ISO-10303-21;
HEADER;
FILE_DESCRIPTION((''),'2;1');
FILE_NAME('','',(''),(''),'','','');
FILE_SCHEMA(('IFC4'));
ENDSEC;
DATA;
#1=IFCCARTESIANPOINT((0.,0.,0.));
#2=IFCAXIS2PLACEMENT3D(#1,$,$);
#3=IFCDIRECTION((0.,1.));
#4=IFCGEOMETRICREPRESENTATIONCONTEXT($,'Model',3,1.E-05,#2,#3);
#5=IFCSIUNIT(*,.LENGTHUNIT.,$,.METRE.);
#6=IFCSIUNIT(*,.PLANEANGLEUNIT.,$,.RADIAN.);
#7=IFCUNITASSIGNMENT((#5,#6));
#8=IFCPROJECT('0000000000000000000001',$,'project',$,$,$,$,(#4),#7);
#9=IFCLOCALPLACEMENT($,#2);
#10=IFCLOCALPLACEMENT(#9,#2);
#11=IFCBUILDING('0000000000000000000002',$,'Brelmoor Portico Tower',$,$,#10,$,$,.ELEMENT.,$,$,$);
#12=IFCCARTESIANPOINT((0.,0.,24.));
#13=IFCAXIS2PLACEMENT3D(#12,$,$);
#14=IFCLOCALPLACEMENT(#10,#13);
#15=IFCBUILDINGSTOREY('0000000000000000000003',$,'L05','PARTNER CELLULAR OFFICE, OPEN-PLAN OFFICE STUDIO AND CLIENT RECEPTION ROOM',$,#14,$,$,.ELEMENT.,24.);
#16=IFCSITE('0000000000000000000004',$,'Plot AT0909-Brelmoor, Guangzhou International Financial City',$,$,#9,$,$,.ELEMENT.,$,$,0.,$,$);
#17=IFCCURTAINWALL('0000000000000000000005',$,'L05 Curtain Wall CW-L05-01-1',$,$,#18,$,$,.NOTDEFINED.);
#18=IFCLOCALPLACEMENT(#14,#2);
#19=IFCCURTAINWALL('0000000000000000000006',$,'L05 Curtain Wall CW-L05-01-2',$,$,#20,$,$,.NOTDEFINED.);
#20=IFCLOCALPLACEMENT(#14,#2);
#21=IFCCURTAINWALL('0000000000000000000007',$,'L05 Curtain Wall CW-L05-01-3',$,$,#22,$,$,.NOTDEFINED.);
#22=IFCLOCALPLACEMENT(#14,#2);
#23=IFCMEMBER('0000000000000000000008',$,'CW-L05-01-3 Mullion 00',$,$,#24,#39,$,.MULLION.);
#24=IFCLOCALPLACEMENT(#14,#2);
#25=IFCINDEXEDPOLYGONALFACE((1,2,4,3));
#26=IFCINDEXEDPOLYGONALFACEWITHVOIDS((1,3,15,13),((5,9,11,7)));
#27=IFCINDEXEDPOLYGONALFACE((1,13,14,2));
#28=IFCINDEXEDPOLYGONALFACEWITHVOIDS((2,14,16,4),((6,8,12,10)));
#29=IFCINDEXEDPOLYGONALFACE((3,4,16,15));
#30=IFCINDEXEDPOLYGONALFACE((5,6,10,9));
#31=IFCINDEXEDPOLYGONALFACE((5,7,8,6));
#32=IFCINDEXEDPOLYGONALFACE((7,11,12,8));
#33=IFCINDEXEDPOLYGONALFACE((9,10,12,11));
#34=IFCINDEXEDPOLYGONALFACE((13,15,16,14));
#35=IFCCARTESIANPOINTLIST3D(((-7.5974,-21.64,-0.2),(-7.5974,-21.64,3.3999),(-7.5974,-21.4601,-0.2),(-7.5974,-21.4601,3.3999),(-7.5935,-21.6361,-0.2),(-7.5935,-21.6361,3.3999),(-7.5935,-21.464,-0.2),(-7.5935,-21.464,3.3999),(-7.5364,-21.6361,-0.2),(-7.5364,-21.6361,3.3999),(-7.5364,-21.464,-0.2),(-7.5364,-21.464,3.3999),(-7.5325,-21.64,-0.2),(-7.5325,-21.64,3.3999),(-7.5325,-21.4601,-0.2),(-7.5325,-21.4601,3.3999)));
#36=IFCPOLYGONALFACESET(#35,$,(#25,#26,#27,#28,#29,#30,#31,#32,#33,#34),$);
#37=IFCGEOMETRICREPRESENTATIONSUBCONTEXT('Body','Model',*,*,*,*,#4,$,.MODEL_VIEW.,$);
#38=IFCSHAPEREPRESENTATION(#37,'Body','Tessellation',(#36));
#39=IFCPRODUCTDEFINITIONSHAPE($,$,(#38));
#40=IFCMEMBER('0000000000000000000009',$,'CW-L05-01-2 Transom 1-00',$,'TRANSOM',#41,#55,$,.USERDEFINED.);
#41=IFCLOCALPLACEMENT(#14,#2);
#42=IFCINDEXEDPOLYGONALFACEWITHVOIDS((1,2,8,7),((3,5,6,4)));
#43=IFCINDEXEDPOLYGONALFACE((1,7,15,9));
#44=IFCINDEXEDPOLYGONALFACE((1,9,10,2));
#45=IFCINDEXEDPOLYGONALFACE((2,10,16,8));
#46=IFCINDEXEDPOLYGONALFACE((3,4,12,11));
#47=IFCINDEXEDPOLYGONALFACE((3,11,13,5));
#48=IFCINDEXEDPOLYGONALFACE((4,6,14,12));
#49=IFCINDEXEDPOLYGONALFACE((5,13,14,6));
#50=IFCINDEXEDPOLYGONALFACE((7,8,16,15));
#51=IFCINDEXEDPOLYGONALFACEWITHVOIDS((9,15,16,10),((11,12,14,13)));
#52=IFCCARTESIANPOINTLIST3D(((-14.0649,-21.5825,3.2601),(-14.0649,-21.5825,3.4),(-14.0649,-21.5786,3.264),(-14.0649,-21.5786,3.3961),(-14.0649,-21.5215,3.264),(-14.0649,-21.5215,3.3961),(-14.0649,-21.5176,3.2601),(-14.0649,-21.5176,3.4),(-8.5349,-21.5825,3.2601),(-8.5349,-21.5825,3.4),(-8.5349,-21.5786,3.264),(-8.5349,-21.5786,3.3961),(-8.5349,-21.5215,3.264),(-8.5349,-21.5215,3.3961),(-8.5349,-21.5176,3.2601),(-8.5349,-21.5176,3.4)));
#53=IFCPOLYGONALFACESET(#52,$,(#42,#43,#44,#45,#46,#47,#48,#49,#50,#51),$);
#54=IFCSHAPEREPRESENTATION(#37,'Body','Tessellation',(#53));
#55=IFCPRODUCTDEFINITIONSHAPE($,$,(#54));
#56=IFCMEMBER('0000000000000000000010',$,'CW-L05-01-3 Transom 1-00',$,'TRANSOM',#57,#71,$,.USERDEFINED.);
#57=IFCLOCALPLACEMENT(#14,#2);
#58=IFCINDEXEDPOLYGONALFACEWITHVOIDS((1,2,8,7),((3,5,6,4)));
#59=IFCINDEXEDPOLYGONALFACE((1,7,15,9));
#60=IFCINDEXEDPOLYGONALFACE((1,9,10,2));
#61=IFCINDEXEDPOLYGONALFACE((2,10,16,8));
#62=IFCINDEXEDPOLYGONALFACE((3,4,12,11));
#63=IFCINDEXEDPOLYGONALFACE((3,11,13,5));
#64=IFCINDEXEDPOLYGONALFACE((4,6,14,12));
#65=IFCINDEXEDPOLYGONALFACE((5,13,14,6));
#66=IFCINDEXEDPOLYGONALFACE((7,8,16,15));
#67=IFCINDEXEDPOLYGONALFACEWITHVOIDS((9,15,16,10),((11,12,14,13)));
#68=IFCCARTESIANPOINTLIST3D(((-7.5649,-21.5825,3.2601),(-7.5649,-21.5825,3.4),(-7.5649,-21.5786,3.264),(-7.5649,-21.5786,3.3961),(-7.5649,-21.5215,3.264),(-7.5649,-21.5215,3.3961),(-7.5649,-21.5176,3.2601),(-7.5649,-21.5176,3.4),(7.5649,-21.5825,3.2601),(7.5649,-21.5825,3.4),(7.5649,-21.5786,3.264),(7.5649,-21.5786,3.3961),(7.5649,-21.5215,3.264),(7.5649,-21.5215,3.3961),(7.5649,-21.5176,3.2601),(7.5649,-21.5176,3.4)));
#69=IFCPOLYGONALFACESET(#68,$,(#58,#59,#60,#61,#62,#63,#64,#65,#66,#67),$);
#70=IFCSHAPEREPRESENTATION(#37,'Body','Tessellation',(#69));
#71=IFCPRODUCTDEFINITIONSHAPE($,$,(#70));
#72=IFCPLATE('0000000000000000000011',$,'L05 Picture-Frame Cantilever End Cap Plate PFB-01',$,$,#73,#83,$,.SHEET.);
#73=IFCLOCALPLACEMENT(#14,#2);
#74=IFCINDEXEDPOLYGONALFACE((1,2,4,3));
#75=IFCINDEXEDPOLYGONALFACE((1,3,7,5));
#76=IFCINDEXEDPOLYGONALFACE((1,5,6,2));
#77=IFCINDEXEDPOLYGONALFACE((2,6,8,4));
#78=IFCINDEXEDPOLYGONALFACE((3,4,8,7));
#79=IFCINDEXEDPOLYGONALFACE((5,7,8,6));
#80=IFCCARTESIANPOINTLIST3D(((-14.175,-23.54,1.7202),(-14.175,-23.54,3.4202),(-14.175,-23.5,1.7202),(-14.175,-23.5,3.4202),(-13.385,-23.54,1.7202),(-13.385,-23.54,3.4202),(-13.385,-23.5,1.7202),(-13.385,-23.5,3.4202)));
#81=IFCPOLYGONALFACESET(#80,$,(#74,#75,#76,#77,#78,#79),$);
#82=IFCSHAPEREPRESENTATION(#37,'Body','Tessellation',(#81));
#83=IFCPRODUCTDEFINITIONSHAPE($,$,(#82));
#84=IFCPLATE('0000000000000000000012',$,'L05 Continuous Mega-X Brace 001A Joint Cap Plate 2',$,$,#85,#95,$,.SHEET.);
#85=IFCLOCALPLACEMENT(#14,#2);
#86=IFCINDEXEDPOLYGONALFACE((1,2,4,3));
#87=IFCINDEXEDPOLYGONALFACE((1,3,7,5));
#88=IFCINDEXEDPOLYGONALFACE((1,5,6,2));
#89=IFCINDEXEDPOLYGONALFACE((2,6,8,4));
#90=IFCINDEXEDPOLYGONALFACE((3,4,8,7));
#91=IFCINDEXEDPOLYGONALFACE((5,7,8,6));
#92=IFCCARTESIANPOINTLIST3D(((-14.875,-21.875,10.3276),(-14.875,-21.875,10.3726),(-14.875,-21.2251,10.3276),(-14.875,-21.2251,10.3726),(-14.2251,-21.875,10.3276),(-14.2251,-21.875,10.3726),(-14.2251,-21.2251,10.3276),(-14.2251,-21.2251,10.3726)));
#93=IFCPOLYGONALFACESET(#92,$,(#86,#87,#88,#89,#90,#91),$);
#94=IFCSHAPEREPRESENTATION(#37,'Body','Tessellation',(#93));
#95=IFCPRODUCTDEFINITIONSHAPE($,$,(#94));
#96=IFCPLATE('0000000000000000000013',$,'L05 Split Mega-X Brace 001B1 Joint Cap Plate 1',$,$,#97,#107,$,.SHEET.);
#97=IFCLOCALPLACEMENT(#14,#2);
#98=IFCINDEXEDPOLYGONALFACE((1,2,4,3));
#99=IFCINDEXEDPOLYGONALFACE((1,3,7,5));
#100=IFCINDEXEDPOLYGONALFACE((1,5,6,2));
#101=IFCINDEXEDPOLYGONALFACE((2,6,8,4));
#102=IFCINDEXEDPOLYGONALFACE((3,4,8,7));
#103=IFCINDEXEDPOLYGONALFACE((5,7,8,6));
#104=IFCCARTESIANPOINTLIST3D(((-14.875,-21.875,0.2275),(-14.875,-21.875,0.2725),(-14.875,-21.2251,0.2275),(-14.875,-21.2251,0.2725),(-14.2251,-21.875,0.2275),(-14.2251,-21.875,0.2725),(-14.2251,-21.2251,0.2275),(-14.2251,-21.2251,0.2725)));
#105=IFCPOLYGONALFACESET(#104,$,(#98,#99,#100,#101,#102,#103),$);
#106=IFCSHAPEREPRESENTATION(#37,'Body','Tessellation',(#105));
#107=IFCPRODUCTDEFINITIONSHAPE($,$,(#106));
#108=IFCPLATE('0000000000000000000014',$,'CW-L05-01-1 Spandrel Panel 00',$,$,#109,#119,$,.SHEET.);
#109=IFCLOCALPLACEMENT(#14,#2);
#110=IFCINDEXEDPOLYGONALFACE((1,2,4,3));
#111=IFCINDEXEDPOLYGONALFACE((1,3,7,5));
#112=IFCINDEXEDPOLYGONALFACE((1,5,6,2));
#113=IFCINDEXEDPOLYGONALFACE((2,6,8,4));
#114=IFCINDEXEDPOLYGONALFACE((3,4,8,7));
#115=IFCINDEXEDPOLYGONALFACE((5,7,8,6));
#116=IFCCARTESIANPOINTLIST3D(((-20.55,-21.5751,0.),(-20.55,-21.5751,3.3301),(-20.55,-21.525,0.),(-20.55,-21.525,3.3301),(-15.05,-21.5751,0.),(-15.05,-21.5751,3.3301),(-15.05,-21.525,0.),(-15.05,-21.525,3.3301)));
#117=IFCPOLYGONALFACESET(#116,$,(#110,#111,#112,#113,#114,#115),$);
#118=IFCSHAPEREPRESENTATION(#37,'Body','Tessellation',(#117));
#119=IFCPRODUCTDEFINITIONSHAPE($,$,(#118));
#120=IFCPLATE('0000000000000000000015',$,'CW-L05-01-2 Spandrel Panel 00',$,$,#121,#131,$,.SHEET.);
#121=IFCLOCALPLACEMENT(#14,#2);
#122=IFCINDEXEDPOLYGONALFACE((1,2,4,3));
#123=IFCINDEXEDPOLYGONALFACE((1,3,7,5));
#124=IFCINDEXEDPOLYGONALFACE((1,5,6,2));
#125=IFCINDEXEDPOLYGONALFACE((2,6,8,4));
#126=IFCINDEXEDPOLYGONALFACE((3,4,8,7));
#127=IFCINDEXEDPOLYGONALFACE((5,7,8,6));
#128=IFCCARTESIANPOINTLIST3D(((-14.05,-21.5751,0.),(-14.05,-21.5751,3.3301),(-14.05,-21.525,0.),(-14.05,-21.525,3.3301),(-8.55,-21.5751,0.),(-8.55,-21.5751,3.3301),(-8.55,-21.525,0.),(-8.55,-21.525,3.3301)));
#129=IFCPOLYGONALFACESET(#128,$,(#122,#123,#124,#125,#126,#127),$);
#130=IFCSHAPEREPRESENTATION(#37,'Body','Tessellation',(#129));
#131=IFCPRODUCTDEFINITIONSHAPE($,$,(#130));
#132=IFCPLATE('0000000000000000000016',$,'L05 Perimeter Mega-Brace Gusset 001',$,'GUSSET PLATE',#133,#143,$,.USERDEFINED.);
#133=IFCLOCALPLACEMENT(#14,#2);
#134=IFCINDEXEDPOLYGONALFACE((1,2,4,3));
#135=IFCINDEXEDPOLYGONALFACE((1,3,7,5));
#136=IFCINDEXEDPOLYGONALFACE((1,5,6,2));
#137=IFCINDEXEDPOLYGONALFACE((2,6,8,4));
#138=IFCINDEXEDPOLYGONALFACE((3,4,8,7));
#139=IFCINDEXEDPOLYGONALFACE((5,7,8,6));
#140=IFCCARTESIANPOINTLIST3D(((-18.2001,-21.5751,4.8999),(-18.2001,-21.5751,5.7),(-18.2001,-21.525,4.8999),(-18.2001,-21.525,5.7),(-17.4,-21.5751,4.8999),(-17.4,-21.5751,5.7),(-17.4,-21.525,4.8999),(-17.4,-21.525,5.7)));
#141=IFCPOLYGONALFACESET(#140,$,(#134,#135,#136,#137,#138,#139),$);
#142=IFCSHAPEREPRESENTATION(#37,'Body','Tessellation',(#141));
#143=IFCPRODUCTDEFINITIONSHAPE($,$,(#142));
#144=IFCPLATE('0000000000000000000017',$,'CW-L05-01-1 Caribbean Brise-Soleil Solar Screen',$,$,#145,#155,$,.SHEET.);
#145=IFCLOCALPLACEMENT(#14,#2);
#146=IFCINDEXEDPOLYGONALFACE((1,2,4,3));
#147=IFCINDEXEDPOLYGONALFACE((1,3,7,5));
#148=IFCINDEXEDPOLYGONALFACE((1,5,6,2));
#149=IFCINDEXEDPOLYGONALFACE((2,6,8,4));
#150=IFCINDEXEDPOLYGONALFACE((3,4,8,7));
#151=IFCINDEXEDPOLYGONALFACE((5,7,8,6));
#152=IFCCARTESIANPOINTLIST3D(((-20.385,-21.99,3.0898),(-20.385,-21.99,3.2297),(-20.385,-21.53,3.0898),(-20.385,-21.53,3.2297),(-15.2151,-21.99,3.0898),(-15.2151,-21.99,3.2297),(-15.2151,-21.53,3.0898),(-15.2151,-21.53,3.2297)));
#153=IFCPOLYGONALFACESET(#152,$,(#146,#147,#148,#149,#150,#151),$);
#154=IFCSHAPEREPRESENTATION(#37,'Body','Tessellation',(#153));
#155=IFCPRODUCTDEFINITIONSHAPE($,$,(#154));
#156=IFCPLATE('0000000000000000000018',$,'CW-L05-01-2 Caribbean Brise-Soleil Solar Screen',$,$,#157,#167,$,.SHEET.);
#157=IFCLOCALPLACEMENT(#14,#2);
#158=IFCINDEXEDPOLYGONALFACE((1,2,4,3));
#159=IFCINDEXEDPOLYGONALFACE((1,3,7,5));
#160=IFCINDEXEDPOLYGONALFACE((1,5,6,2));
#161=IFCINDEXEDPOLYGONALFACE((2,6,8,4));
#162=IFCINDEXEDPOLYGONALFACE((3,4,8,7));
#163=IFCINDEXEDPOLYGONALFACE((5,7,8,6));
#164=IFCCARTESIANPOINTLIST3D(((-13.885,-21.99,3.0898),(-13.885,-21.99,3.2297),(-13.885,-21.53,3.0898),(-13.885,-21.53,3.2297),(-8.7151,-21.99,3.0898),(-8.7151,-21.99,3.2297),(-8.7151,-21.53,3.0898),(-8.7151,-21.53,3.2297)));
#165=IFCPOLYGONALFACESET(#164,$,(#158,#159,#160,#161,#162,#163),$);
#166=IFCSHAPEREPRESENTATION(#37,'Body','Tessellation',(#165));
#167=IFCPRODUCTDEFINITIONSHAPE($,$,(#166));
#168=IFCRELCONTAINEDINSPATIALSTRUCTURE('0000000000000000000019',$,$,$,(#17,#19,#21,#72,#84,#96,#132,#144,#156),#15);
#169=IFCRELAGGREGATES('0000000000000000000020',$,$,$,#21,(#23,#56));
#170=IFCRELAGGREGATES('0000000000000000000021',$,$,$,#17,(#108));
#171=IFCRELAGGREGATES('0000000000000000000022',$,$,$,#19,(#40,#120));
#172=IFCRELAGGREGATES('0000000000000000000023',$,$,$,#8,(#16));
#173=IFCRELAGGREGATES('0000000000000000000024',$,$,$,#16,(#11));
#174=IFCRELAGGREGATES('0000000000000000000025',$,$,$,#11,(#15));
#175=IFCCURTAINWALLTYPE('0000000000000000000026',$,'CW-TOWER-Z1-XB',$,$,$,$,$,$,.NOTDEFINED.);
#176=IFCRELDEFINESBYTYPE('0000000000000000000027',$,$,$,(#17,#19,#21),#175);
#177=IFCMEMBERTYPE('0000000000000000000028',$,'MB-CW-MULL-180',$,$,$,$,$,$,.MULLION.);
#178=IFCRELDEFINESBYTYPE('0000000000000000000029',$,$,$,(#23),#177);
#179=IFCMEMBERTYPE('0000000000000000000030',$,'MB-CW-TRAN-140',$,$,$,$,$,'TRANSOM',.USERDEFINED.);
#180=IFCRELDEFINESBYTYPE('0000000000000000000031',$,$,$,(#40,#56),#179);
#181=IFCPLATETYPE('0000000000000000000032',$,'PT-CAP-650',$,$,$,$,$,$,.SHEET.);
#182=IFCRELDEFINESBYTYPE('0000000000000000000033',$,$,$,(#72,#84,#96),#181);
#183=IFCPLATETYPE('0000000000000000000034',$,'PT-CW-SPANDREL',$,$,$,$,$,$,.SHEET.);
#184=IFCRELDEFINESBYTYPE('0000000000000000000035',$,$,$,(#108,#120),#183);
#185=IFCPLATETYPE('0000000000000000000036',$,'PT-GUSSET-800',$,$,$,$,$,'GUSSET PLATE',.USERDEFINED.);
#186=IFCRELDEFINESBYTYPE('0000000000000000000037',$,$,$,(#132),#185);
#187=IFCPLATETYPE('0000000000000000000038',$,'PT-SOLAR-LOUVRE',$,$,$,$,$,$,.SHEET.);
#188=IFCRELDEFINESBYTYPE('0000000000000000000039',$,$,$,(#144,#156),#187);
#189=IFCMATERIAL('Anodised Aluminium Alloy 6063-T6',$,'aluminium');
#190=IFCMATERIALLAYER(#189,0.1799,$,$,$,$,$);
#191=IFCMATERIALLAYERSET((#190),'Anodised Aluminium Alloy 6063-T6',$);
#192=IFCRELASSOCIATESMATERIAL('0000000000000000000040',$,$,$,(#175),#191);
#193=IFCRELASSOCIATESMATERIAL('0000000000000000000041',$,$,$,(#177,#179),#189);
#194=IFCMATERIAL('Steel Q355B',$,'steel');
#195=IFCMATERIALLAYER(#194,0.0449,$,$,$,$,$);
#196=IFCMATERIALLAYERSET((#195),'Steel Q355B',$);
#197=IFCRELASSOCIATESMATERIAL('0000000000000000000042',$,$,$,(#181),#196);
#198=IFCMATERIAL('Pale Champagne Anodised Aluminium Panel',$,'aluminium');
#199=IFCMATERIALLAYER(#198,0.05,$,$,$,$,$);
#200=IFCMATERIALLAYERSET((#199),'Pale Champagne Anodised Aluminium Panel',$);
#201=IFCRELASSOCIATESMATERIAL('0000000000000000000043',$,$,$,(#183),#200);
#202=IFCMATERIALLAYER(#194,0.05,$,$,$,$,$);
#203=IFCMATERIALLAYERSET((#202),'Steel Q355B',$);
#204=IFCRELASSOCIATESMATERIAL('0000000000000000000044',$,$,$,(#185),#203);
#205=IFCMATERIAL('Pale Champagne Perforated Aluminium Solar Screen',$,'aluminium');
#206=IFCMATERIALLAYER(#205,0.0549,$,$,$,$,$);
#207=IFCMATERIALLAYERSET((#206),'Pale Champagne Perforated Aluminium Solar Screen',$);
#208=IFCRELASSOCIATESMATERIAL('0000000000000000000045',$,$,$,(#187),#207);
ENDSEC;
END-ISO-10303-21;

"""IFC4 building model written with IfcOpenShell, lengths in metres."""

from ifc_helpers import new_model, si_unit, direction, frame, origin, origin_2d, place, context, subcontext, project, spatial, rectangle, hollow_rectangle, extrude, material, layer, layer_set, material_profile, profile_set, type_object, element, aggregate, save


model = new_model("IFC4")

# Units and contexts
model_context = context("Model", 3, precision=1e-05, world=origin(), true_north=direction((0.0, 1.0)))
body_context = subcontext(model_context, "Body", "Model", "MODEL_VIEW")
ifc_project = project(units=[si_unit("LENGTHUNIT", "METRE"), si_unit("PLANEANGLEUNIT", "RADIAN")], contexts=[model_context])

# Site, building, storey
site_placement = place(None, origin())
site = spatial("IfcSite", under=ifc_project, at=site_placement, Name="Plot AT0909-Brelmoor, Guangzhou International Financial City", CompositionType="ELEMENT", RefElevation=0.0)
building_placement = place(site_placement, origin())
building = spatial("IfcBuilding", under=site, at=building_placement, Name="Brelmoor Portico Tower", CompositionType="ELEMENT")
storey_placement = place(building_placement, frame((0.0, 0.0, 24.0)))
storey = spatial("IfcBuildingStorey", under=building, at=storey_placement, Name="L05", Description="PARTNER CELLULAR OFFICE, OPEN-PLAN OFFICE STUDIO AND CLIENT RECEPTION ROOM", CompositionType="ELEMENT", Elevation=24.0)

# Shared definitions
ifc_material_1 = material(Name="Steel Q355B", Category="steel")

# Curtain wall
ifc_material_2 = material(Name="Anodised Aluminium Alloy 6063-T6", Category="aluminium")
ifc_layer_1 = layer(ifc_material_2, 0.1799)
ifc_layer_set_1 = layer_set([ifc_layer_1], Name="Anodised Aluminium Alloy 6063-T6")
curtain_wall_type = type_object("IfcCurtainWallType", Name="CW-TOWER-Z1-XB", PredefinedType="NOTDEFINED", material=ifc_layer_set_1)
curtain_wall_1_placement = place(storey_placement, origin())
curtain_wall_1 = element("IfcCurtainWall", 1, at=curtain_wall_1_placement, inside=storey, type_object=curtain_wall_type, Name="L05 Curtain Wall CW-L05-01-1", PredefinedType="NOTDEFINED")
ifc_material_profile_1 = material_profile(ifc_material_2, hollow_rectangle(XDim=0.0649, YDim=0.1799, WallThickness=0.0039, at=origin_2d()), Name="ALU MULLION 65x180")
ifc_profile_set_1 = profile_set([ifc_material_profile_1], Name="Anodised Aluminium Alloy 6063-T6")
member_type_1 = type_object("IfcMemberType", Name="MB-CW-MULL-180", PredefinedType="MULLION", material=ifc_profile_set_1)

# Curtain wall
curtain_wall_2_placement = place(storey_placement, origin())
curtain_wall_2 = element("IfcCurtainWall", 2, at=curtain_wall_2_placement, inside=storey, type_object=curtain_wall_type, Name="L05 Curtain Wall CW-L05-01-2", PredefinedType="NOTDEFINED")

# Curtain wall, member
curtain_wall_3_placement = place(storey_placement, origin())
curtain_wall_3 = element("IfcCurtainWall", 3, at=curtain_wall_3_placement, inside=storey, type_object=curtain_wall_type, Name="L05 Curtain Wall CW-L05-01-3", PredefinedType="NOTDEFINED")
member_1_placement = place(storey_placement, frame((-7.5649, -21.55, -0.2), z_axis=(0.0, 0.0, 1.0), x_axis=(1.0, 0.0, 0.0)))
member_1 = element("IfcMember", 4, at=member_1_placement, type_object=member_type_1, Name="CW-L05-01-3 Mullion 00", PredefinedType="MULLION", context=body_context, shape_type="SweptSolid", body=[
    extrude(hollow_rectangle(XDim=0.0649, YDim=0.1799, WallThickness=0.0039, at=origin_2d()), origin(), (0.0, 0.0, 1.0), 3.5999),
])

# Members
ifc_material_profile_2 = material_profile(ifc_material_2, hollow_rectangle(XDim=0.0649, YDim=0.1399, WallThickness=0.0039, at=origin_2d()), Name="ALU TRANSOM 65x140")
ifc_profile_set_2 = profile_set([ifc_material_profile_2], Name="Anodised Aluminium Alloy 6063-T6")
member_type_2 = type_object("IfcMemberType", Name="MB-CW-TRAN-140", ElementType="TRANSOM", PredefinedType="USERDEFINED", material=ifc_profile_set_2)
member_2_placement = place(storey_placement, frame((-14.0649, -21.55, 3.3301), z_axis=(1.0, 0.0, 0.0), x_axis=(0.0, 1.0, 0.0)))
member_2 = element("IfcMember", 5, at=member_2_placement, type_object=member_type_2, Name="CW-L05-01-2 Transom 1-00", ObjectType="TRANSOM", PredefinedType="USERDEFINED", context=body_context, shape_type="SweptSolid", body=[
    extrude(hollow_rectangle(XDim=0.0649, YDim=0.1399, WallThickness=0.0039, at=origin_2d()), origin(), (0.0, 0.0, 1.0), 5.53),
])
member_3_placement = place(storey_placement, frame((-7.5649, -21.55, 3.3301), z_axis=(1.0, 0.0, 0.0), x_axis=(0.0, 1.0, 0.0)))
member_3 = element("IfcMember", 6, at=member_3_placement, type_object=member_type_2, Name="CW-L05-01-3 Transom 1-00", ObjectType="TRANSOM", PredefinedType="USERDEFINED", context=body_context, shape_type="SweptSolid", body=[
    extrude(hollow_rectangle(XDim=0.0649, YDim=0.1399, WallThickness=0.0039, at=origin_2d()), origin(), (0.0, 0.0, 1.0), 15.1299),
])
aggregate(curtain_wall_3, [member_1, member_3])

# Plates
ifc_layer_2 = layer(ifc_material_1, 0.0449)
ifc_layer_set_2 = layer_set([ifc_layer_2], Name="Steel Q355B")
plate_type_1 = type_object("IfcPlateType", Name="PT-CAP-650", PredefinedType="SHEET", material=ifc_layer_set_2)
plate_1_placement = place(storey_placement, frame((-13.78, -23.52, 1.7202), z_axis=(0.0, 0.0, 1.0), x_axis=(1.0, 0.0, 0.0)))
element("IfcPlate", 7, at=plate_1_placement, inside=storey, type_object=plate_type_1, Name="L05 Picture-Frame Cantilever End Cap Plate PFB-01", PredefinedType="SHEET", context=body_context, shape_type="SweptSolid", body=[
    extrude(rectangle(XDim=0.79, YDim=0.04, at=origin_2d()), origin(), (0.0, 0.0, 1.0), 1.7),
])
for number, where, z_axis, x_axis, name in (
    (8, (-14.55, -21.55, 10.3276), (0.0, 0.0, 1.0), (1.0, 0.0, 0.0), "L05 Continuous Mega-X Brace 001A Joint Cap Plate 2"),
    (9, (-14.55, -21.55, 0.2275), (0.0, 0.0, 1.0), (1.0, 0.0, 0.0), "L05 Split Mega-X Brace 001B1 Joint Cap Plate 1"),
):
    element("IfcPlate", number, at=place(storey_placement, frame(where, z_axis=z_axis, x_axis=x_axis)), inside=storey, type_object=plate_type_1, Name=name, PredefinedType="SHEET", context=body_context, shape_type="SweptSolid", body=[
        extrude(rectangle(XDim=0.6499, YDim=0.6499, at=origin_2d()), origin(), (0.0, 0.0, 1.0), 0.0449),
    ])

# Plates
ifc_material_3 = material(Name="Pale Champagne Anodised Aluminium Panel", Category="aluminium")
ifc_layer_3 = layer(ifc_material_3, 0.05)
ifc_layer_set_3 = layer_set([ifc_layer_3], Name="Pale Champagne Anodised Aluminium Panel")
plate_type_2 = type_object("IfcPlateType", Name="PT-CW-SPANDREL", PredefinedType="SHEET", material=ifc_layer_set_3)
plate_2_placement = place(storey_placement, frame((-17.8, -21.55, 0.0), z_axis=(0.0, 0.0, 1.0), x_axis=(1.0, 0.0, 0.0)))
plate_2 = element("IfcPlate", 10, at=plate_2_placement, type_object=plate_type_2, Name="CW-L05-01-1 Spandrel Panel 00", PredefinedType="SHEET", context=body_context, shape_type="SweptSolid", body=[
    extrude(rectangle(XDim=5.5, YDim=0.05, at=origin_2d()), origin(), (0.0, 0.0, 1.0), 3.3301),
])
aggregate(curtain_wall_1, [plate_2])
plate_3_placement = place(storey_placement, frame((-11.3, -21.55, 0.0), z_axis=(0.0, 0.0, 1.0), x_axis=(1.0, 0.0, 0.0)))
plate_3 = element("IfcPlate", 11, at=plate_3_placement, type_object=plate_type_2, Name="CW-L05-01-2 Spandrel Panel 00", PredefinedType="SHEET", context=body_context, shape_type="SweptSolid", body=[
    extrude(rectangle(XDim=5.5, YDim=0.05, at=origin_2d()), origin(), (0.0, 0.0, 1.0), 3.3301),
])
aggregate(curtain_wall_2, [member_2, plate_3])

# Plates
ifc_layer_4 = layer(ifc_material_1, 0.05)
ifc_layer_set_4 = layer_set([ifc_layer_4], Name="Steel Q355B")
plate_type_3 = type_object("IfcPlateType", Name="PT-GUSSET-800", ElementType="GUSSET PLATE", PredefinedType="USERDEFINED", material=ifc_layer_set_4)
plate_4_placement = place(storey_placement, frame((-17.8, -21.55, 4.8999), z_axis=(0.0, 0.0, 1.0), x_axis=(1.0, 0.0, 0.0)))
element("IfcPlate", 12, at=plate_4_placement, inside=storey, type_object=plate_type_3, Name="L05 Perimeter Mega-Brace Gusset 001", ObjectType="GUSSET PLATE", PredefinedType="USERDEFINED", context=body_context, shape_type="SweptSolid", body=[
    extrude(rectangle(XDim=0.8, YDim=0.05, at=origin_2d()), origin(), (0.0, 0.0, 1.0), 0.8),
])
ifc_material_4 = material(Name="Pale Champagne Perforated Aluminium Solar Screen", Category="aluminium")
ifc_layer_5 = layer(ifc_material_4, 0.0549)
ifc_layer_set_5 = layer_set([ifc_layer_5], Name="Pale Champagne Perforated Aluminium Solar Screen")
plate_type_4 = type_object("IfcPlateType", Name="PT-SOLAR-LOUVRE", PredefinedType="SHEET", material=ifc_layer_set_5)
for number, where, z_axis, x_axis, name in (
    (13, (-17.8, -21.76, 3.0898), (0.0, 0.0, 1.0), (1.0, 0.0, 0.0), "CW-L05-01-1 Caribbean Brise-Soleil Solar Screen"),
    (14, (-11.3, -21.76, 3.0898), (0.0, 0.0, 1.0), (1.0, 0.0, 0.0), "CW-L05-01-2 Caribbean Brise-Soleil Solar Screen"),
):
    element("IfcPlate", number, at=place(storey_placement, frame(where, z_axis=z_axis, x_axis=x_axis)), inside=storey, type_object=plate_type_4, Name=name, PredefinedType="SHEET", context=body_context, shape_type="SweptSolid", body=[
        extrude(rectangle(XDim=5.1699, YDim=0.46, at=origin_2d()), origin(), (0.0, 0.0, 1.0), 0.1399),
    ])

save(model, "model.ifc")
